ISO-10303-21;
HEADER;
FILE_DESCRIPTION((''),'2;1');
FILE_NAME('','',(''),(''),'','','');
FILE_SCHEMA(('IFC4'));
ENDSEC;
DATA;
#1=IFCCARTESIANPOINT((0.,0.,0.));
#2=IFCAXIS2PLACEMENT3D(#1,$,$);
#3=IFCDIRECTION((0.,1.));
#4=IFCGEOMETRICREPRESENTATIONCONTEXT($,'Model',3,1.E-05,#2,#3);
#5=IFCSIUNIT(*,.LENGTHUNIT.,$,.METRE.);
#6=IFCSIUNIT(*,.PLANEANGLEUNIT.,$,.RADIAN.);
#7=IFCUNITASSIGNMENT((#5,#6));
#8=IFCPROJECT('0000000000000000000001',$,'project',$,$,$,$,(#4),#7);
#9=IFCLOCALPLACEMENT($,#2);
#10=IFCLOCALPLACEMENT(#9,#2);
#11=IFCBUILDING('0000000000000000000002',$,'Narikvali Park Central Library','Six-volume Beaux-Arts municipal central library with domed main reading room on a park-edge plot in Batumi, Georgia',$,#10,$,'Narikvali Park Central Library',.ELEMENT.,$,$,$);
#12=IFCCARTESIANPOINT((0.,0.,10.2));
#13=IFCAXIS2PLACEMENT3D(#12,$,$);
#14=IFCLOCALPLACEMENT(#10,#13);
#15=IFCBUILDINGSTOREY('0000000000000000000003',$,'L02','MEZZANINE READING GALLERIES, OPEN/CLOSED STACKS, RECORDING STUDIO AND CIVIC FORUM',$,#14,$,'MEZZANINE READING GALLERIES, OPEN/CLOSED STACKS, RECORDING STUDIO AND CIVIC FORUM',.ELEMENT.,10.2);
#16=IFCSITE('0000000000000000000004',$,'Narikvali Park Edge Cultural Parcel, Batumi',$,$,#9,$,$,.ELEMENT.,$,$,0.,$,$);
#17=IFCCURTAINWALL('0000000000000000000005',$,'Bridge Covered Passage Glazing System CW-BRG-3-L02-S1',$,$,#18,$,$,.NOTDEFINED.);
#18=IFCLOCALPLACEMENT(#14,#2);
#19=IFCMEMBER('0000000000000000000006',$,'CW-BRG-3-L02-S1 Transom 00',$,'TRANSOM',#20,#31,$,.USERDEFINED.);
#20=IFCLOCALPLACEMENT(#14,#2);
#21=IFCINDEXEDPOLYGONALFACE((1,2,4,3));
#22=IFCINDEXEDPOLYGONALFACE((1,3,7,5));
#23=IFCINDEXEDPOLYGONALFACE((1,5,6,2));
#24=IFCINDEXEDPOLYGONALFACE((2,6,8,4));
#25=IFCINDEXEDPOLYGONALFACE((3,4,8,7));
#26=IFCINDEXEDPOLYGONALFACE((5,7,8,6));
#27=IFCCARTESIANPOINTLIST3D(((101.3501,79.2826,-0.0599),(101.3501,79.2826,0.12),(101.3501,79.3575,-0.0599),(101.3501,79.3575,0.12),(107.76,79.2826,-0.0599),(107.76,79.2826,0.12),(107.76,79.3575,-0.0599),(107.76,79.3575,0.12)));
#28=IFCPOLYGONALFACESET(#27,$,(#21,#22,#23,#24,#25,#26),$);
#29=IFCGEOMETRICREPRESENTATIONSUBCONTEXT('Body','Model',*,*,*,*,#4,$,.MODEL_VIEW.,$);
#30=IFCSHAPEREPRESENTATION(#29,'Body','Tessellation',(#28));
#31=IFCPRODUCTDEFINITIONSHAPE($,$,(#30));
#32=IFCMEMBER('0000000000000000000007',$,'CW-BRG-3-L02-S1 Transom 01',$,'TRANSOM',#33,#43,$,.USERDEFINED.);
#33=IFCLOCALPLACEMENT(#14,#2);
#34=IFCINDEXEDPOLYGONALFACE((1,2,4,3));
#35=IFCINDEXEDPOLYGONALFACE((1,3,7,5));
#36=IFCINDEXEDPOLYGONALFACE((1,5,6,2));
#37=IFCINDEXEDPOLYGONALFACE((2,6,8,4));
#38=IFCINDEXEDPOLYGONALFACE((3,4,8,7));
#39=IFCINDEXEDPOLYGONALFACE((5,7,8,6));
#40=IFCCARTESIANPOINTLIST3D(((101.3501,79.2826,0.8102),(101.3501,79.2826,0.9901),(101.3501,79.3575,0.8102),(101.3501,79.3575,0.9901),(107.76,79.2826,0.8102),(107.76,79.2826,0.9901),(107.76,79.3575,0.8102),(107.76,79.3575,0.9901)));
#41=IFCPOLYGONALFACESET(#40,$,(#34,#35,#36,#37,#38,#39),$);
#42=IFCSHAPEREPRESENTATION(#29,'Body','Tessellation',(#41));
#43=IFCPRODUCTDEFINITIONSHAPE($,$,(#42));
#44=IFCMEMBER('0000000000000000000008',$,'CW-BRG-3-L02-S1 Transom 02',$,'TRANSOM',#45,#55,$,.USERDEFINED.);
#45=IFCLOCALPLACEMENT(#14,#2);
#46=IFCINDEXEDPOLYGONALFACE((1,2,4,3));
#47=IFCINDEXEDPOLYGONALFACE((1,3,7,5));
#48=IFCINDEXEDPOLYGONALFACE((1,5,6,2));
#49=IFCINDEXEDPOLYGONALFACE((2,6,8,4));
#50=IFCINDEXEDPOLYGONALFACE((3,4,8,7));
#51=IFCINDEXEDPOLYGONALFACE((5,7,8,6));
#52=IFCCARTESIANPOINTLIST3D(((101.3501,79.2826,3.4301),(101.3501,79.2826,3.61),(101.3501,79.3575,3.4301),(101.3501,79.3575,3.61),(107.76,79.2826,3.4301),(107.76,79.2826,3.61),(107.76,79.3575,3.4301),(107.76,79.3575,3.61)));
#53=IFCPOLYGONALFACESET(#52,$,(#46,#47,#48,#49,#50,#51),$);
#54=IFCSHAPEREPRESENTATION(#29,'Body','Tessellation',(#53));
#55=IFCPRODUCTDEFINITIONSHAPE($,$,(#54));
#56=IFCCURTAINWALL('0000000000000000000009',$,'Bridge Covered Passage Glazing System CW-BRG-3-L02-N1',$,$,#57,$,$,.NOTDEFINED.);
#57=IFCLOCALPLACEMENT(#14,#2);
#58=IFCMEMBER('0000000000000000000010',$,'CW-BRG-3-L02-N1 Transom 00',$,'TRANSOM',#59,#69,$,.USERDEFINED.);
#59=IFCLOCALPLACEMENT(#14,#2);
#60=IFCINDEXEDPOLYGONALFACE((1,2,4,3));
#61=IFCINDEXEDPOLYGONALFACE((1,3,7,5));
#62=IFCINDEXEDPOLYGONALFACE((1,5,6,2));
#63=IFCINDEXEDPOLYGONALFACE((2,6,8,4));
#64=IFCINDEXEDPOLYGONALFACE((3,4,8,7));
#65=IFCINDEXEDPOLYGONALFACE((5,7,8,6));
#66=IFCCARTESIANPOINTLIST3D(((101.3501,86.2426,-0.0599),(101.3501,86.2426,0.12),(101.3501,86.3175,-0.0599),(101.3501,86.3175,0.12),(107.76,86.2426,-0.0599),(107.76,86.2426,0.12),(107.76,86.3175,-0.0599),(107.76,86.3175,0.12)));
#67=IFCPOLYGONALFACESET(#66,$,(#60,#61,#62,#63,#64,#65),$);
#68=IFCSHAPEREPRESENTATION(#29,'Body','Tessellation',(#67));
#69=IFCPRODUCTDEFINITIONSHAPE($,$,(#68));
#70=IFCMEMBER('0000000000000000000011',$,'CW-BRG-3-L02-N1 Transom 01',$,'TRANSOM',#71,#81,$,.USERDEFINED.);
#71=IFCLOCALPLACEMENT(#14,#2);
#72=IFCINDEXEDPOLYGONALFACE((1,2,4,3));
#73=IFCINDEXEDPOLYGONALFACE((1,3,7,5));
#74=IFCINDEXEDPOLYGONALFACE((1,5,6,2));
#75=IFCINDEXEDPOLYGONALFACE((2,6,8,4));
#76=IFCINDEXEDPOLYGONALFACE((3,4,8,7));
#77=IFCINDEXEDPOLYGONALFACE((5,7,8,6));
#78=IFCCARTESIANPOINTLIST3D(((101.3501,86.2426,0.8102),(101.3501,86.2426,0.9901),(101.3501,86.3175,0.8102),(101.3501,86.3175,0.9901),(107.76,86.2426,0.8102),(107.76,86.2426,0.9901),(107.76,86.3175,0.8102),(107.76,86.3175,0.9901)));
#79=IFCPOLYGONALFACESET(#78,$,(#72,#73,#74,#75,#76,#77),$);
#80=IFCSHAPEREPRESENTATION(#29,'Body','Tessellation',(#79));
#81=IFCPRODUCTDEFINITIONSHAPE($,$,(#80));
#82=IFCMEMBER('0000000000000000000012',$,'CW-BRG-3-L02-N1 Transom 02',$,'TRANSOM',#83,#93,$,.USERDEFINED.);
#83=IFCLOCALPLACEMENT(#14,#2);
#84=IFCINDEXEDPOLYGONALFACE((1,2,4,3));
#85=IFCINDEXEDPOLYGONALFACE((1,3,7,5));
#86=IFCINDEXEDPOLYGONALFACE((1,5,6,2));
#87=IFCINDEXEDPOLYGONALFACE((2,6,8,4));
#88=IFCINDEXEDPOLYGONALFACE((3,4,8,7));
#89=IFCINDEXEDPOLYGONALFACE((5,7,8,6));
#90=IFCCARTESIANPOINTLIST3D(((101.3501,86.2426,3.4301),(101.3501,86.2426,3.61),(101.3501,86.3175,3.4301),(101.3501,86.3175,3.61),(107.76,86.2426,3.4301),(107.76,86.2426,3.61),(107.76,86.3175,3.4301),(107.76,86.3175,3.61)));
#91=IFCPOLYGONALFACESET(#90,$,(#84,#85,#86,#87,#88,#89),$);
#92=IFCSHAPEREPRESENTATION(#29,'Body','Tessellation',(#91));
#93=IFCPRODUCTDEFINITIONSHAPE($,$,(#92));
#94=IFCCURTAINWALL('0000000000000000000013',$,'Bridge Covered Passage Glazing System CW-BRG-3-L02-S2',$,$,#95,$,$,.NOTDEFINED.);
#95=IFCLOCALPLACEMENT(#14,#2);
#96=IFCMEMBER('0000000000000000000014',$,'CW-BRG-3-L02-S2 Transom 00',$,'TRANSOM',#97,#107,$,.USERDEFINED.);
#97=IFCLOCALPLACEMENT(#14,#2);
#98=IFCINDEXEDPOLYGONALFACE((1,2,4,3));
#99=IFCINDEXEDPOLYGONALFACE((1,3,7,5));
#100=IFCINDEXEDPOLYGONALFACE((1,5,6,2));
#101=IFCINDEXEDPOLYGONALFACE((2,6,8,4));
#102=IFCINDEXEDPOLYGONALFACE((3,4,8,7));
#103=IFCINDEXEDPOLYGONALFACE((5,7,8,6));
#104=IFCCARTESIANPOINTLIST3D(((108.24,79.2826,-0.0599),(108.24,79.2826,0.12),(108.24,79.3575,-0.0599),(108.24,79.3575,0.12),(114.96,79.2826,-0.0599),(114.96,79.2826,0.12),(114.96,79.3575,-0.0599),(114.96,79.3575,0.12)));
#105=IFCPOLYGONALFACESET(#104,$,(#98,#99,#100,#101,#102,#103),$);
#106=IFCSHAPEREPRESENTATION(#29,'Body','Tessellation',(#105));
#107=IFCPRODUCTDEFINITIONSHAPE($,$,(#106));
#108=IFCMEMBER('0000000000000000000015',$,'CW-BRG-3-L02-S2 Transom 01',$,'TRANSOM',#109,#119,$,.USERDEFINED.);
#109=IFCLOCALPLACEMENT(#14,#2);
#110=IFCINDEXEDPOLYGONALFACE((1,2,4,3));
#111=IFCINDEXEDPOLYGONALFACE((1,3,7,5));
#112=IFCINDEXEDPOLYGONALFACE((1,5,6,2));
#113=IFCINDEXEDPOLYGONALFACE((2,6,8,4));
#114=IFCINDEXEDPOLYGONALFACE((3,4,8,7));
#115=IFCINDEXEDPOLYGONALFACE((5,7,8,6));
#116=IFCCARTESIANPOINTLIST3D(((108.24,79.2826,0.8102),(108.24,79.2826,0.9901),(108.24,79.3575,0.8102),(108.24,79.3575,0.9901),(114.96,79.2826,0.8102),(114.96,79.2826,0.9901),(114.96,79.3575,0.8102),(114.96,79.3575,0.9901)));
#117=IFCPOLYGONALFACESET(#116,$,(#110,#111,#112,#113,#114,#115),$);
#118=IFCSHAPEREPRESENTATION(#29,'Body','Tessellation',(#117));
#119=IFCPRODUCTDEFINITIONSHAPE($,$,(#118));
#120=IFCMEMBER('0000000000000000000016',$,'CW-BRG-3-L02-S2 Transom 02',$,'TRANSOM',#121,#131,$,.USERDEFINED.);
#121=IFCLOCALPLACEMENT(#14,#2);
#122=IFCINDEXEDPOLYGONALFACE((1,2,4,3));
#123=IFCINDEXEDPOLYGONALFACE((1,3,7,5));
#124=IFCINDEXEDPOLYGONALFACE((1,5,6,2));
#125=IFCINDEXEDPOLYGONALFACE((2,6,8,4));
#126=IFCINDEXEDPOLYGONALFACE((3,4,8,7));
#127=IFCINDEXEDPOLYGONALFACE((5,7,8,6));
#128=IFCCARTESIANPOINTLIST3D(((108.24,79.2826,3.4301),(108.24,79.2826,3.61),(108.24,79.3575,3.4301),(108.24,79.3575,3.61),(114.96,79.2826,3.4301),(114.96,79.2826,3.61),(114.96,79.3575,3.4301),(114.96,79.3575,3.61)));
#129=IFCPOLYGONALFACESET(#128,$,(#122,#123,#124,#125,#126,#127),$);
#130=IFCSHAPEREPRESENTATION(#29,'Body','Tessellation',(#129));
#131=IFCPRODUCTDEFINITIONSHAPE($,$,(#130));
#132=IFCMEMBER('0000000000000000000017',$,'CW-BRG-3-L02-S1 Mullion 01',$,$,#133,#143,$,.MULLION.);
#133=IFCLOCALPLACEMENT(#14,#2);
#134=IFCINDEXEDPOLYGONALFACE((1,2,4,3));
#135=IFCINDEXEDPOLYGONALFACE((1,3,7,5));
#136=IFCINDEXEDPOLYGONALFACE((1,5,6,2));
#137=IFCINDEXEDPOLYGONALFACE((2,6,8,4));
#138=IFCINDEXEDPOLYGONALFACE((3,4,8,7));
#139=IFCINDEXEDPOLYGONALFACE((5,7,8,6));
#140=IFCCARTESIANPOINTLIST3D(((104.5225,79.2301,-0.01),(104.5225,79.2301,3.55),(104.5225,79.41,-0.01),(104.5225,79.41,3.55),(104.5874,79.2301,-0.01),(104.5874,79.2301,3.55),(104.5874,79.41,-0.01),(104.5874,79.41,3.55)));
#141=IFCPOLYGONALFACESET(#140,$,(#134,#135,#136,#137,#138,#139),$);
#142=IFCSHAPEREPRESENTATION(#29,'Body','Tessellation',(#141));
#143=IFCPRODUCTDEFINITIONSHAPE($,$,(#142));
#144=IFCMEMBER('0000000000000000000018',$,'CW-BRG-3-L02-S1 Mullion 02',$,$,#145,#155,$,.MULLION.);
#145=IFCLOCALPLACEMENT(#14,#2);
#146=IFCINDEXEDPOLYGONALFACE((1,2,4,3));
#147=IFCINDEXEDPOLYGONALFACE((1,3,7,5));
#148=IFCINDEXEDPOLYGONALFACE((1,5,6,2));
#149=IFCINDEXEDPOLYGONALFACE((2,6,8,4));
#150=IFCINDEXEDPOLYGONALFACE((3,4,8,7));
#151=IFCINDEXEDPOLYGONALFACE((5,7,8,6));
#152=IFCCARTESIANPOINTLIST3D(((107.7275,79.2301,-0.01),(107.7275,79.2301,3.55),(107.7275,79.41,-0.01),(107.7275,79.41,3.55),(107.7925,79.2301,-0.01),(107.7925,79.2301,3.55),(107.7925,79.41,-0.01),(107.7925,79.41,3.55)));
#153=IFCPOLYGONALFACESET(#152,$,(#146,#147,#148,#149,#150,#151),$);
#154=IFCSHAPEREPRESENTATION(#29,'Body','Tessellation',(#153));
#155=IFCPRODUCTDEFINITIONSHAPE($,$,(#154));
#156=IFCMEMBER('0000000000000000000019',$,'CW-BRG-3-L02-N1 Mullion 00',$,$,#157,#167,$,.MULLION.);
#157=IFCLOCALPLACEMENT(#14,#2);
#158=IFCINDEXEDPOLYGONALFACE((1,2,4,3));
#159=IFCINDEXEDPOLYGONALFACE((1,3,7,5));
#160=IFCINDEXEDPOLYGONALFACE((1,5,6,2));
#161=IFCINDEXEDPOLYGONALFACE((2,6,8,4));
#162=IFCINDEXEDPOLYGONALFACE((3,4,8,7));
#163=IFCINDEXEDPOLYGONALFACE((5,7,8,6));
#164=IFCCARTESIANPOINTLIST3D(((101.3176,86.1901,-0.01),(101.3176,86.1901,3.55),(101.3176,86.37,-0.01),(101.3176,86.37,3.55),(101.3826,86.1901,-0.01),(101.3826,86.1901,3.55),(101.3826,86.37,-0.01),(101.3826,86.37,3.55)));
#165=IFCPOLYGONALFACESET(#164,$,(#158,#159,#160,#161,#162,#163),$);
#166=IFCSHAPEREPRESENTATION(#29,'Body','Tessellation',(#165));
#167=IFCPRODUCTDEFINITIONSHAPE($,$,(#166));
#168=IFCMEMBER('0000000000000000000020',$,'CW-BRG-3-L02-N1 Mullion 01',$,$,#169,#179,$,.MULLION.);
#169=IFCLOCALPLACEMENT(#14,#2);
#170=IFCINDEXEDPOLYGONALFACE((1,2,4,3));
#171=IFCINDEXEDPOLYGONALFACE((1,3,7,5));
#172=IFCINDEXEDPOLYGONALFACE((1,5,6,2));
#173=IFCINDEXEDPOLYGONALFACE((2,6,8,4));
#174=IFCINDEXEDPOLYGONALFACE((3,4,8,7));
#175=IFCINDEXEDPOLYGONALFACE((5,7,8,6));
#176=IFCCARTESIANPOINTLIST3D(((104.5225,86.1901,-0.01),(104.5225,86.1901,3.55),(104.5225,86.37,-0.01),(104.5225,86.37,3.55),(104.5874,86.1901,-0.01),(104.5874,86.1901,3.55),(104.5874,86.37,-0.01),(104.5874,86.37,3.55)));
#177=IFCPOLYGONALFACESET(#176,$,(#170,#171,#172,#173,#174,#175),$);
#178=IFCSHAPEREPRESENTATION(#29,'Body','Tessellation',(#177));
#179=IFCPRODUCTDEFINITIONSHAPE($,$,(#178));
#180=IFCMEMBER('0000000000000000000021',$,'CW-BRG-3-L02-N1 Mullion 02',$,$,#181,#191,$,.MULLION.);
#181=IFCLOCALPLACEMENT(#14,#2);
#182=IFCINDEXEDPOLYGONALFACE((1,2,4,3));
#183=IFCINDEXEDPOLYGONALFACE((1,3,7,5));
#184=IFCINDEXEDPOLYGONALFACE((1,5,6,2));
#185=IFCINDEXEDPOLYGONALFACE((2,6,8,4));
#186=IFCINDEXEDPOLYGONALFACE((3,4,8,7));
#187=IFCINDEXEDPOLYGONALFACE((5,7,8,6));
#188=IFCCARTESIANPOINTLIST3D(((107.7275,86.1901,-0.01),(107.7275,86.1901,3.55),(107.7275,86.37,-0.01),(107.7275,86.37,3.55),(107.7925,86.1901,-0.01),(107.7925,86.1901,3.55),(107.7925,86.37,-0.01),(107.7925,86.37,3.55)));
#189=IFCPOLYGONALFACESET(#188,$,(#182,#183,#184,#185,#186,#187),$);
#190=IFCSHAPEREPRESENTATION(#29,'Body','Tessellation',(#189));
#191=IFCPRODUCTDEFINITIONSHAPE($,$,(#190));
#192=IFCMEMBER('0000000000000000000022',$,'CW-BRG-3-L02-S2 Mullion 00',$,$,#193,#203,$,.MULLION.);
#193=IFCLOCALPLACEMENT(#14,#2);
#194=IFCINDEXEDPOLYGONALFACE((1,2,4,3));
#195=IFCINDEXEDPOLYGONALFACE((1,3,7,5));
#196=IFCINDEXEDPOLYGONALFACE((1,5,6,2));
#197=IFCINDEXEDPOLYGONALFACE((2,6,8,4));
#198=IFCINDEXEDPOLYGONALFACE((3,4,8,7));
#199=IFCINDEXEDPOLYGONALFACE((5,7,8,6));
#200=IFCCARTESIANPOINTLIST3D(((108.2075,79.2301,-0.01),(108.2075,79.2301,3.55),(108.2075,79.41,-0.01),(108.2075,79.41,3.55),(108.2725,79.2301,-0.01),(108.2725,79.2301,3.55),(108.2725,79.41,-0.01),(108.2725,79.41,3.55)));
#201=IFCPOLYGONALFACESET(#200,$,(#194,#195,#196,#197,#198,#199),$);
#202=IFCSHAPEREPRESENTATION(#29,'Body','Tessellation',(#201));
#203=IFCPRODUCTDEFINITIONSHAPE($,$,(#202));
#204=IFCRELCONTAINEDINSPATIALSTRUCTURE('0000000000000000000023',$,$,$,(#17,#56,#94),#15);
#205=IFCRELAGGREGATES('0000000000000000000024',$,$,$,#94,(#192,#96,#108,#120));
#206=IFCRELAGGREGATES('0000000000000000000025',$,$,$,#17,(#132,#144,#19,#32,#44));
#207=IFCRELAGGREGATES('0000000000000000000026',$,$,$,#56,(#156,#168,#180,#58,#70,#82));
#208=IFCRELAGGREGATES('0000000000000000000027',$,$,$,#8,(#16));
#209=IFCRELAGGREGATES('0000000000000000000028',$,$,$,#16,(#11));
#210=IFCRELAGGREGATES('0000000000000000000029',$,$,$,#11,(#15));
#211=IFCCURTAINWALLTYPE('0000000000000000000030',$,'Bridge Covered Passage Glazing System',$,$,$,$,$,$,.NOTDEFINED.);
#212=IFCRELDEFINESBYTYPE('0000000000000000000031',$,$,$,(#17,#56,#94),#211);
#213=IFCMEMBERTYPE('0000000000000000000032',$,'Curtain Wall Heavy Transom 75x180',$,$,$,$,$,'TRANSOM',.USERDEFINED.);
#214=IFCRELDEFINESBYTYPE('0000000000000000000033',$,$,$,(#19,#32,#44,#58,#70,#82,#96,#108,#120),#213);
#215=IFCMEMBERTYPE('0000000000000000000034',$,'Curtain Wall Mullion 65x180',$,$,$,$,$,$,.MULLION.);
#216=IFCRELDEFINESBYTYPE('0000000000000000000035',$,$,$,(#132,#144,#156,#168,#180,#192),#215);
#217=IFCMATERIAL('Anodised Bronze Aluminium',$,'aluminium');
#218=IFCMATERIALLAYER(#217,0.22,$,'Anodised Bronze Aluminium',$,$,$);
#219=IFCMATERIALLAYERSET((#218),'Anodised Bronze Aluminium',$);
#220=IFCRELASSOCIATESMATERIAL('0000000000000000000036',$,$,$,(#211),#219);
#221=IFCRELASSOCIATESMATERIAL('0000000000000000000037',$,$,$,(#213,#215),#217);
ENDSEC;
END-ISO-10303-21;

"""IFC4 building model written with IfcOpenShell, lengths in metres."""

from ifc_helpers import new_model, si_unit, direction, frame, origin, origin_2d, place, context, subcontext, project, spatial, rectangle, extrude, material, layer, layer_set, material_profile, profile_set, type_object, element, aggregate, save


model = new_model("IFC4")

# Units and contexts
model_context = context("Model", 3, precision=1e-05, world=origin(), true_north=direction((0.0, 1.0)))
body_context = subcontext(model_context, "Body", "Model", "MODEL_VIEW")
ifc_project = project(units=[si_unit("LENGTHUNIT", "METRE"), si_unit("PLANEANGLEUNIT", "RADIAN")], contexts=[model_context])

# Site, building, storey
site_placement = place(None, origin())
site = spatial("IfcSite", under=ifc_project, at=site_placement, Name="Narikvali Park Edge Cultural Parcel, Batumi", CompositionType="ELEMENT", RefElevation=0.0)
building_placement = place(site_placement, origin())
building = spatial("IfcBuilding", under=site, at=building_placement, Name="Narikvali Park Central Library", Description="Six-volume Beaux-Arts municipal central library with domed main reading room on a park-edge plot in Batumi, Georgia", LongName="Narikvali Park Central Library", CompositionType="ELEMENT")
storey_placement = place(building_placement, frame((0.0, 0.0, 10.2)))
storey = spatial("IfcBuildingStorey", under=building, at=storey_placement, Name="L02", Description="MEZZANINE READING GALLERIES, OPEN/CLOSED STACKS, RECORDING STUDIO AND CIVIC FORUM", LongName="MEZZANINE READING GALLERIES, OPEN/CLOSED STACKS, RECORDING STUDIO AND CIVIC FORUM", CompositionType="ELEMENT", Elevation=10.2)

# Curtain walls, members
ifc_material_1 = material(Name="Anodised Bronze Aluminium", Category="aluminium")
ifc_layer_1 = layer(ifc_material_1, 0.22, Name="Anodised Bronze Aluminium")
ifc_layer_set_1 = layer_set([ifc_layer_1], Name="Anodised Bronze Aluminium")
curtain_wall_type = type_object("IfcCurtainWallType", Name="Bridge Covered Passage Glazing System", PredefinedType="NOTDEFINED", material=ifc_layer_set_1)
curtain_wall_1_placement = place(storey_placement, origin())
curtain_wall_1 = element("IfcCurtainWall", 1, at=curtain_wall_1_placement, inside=storey, type_object=curtain_wall_type, Name="Bridge Covered Passage Glazing System CW-BRG-3-L02-S1", PredefinedType="NOTDEFINED")
ifc_material_profile_1 = material_profile(ifc_material_1, rectangle(XDim=0.075, YDim=0.1799, at=origin_2d()), Name="CW TRANSOM 75x180")
ifc_profile_set_1 = profile_set([ifc_material_profile_1], Name="Anodised Bronze Aluminium")
member_type_1 = type_object("IfcMemberType", Name="Curtain Wall Heavy Transom 75x180", ElementType="TRANSOM", PredefinedType="USERDEFINED", material=ifc_profile_set_1)
member_1_placement = place(storey_placement, frame((101.3501, 79.3201, 0.03), z_axis=(1.0, 0.0, 0.0), x_axis=(0.0, 1.0, 0.0)))
member_1 = element("IfcMember", 2, at=member_1_placement, type_object=member_type_1, Name="CW-BRG-3-L02-S1 Transom 00", ObjectType="TRANSOM", PredefinedType="USERDEFINED", context=body_context, shape_type="SweptSolid", body=[
    extrude(rectangle(XDim=0.075, YDim=0.1799, at=origin_2d()), origin(), (0.0, 0.0, 1.0), 6.4099),
])
member_2_placement = place(storey_placement, frame((101.3501, 79.3201, 0.9001), z_axis=(1.0, 0.0, 0.0), x_axis=(0.0, 1.0, 0.0)))
member_2 = element("IfcMember", 3, at=member_2_placement, type_object=member_type_1, Name="CW-BRG-3-L02-S1 Transom 01", ObjectType="TRANSOM", PredefinedType="USERDEFINED", context=body_context, shape_type="SweptSolid", body=[
    extrude(rectangle(XDim=0.075, YDim=0.1799, at=origin_2d()), origin(), (0.0, 0.0, 1.0), 6.4099),
])
member_3_placement = place(storey_placement, frame((101.3501, 79.3201, 3.52), z_axis=(1.0, 0.0, 0.0), x_axis=(0.0, 1.0, 0.0)))
member_3 = element("IfcMember", 4, at=member_3_placement, type_object=member_type_1, Name="CW-BRG-3-L02-S1 Transom 02", ObjectType="TRANSOM", PredefinedType="USERDEFINED", context=body_context, shape_type="SweptSolid", body=[
    extrude(rectangle(XDim=0.075, YDim=0.1799, at=origin_2d()), origin(), (0.0, 0.0, 1.0), 6.4099),
])
curtain_wall_2_placement = place(storey_placement, origin())
curtain_wall_2 = element("IfcCurtainWall", 5, at=curtain_wall_2_placement, inside=storey, type_object=curtain_wall_type, Name="Bridge Covered Passage Glazing System CW-BRG-3-L02-N1", PredefinedType="NOTDEFINED")
member_4_placement = place(storey_placement, frame((101.3501, 86.28, 0.03), z_axis=(1.0, 0.0, 0.0), x_axis=(0.0, 1.0, 0.0)))
member_4 = element("IfcMember", 6, at=member_4_placement, type_object=member_type_1, Name="CW-BRG-3-L02-N1 Transom 00", ObjectType="TRANSOM", PredefinedType="USERDEFINED", context=body_context, shape_type="SweptSolid", body=[
    extrude(rectangle(XDim=0.075, YDim=0.1799, at=origin_2d()), origin(), (0.0, 0.0, 1.0), 6.4099),
])
member_5_placement = place(storey_placement, frame((101.3501, 86.28, 0.9001), z_axis=(1.0, 0.0, 0.0), x_axis=(0.0, 1.0, 0.0)))
member_5 = element("IfcMember", 7, at=member_5_placement, type_object=member_type_1, Name="CW-BRG-3-L02-N1 Transom 01", ObjectType="TRANSOM", PredefinedType="USERDEFINED", context=body_context, shape_type="SweptSolid", body=[
    extrude(rectangle(XDim=0.075, YDim=0.1799, at=origin_2d()), origin(), (0.0, 0.0, 1.0), 6.4099),
])
member_6_placement = place(storey_placement, frame((101.3501, 86.28, 3.52), z_axis=(1.0, 0.0, 0.0), x_axis=(0.0, 1.0, 0.0)))
member_6 = element("IfcMember", 8, at=member_6_placement, type_object=member_type_1, Name="CW-BRG-3-L02-N1 Transom 02", ObjectType="TRANSOM", PredefinedType="USERDEFINED", context=body_context, shape_type="SweptSolid", body=[
    extrude(rectangle(XDim=0.075, YDim=0.1799, at=origin_2d()), origin(), (0.0, 0.0, 1.0), 6.4099),
])
curtain_wall_3_placement = place(storey_placement, origin())
curtain_wall_3 = element("IfcCurtainWall", 9, at=curtain_wall_3_placement, inside=storey, type_object=curtain_wall_type, Name="Bridge Covered Passage Glazing System CW-BRG-3-L02-S2", PredefinedType="NOTDEFINED")
member_7_placement = place(storey_placement, frame((108.24, 79.3201, 0.03), z_axis=(1.0, 0.0, 0.0), x_axis=(0.0, 1.0, 0.0)))
member_7 = element("IfcMember", 10, at=member_7_placement, type_object=member_type_1, Name="CW-BRG-3-L02-S2 Transom 00", ObjectType="TRANSOM", PredefinedType="USERDEFINED", context=body_context, shape_type="SweptSolid", body=[
    extrude(rectangle(XDim=0.075, YDim=0.1799, at=origin_2d()), origin(), (0.0, 0.0, 1.0), 6.72),
])
member_8_placement = place(storey_placement, frame((108.24, 79.3201, 0.9001), z_axis=(1.0, 0.0, 0.0), x_axis=(0.0, 1.0, 0.0)))
member_8 = element("IfcMember", 11, at=member_8_placement, type_object=member_type_1, Name="CW-BRG-3-L02-S2 Transom 01", ObjectType="TRANSOM", PredefinedType="USERDEFINED", context=body_context, shape_type="SweptSolid", body=[
    extrude(rectangle(XDim=0.075, YDim=0.1799, at=origin_2d()), origin(), (0.0, 0.0, 1.0), 6.72),
])
member_9_placement = place(storey_placement, frame((108.24, 79.3201, 3.52), z_axis=(1.0, 0.0, 0.0), x_axis=(0.0, 1.0, 0.0)))
member_9 = element("IfcMember", 12, at=member_9_placement, type_object=member_type_1, Name="CW-BRG-3-L02-S2 Transom 02", ObjectType="TRANSOM", PredefinedType="USERDEFINED", context=body_context, shape_type="SweptSolid", body=[
    extrude(rectangle(XDim=0.075, YDim=0.1799, at=origin_2d()), origin(), (0.0, 0.0, 1.0), 6.72),
])

# Members
ifc_material_profile_2 = material_profile(ifc_material_1, rectangle(XDim=0.0649, YDim=0.1799, at=origin_2d()), Name="CW MULLION 65x180")
ifc_profile_set_2 = profile_set([ifc_material_profile_2], Name="Anodised Bronze Aluminium")
member_type_2 = type_object("IfcMemberType", Name="Curtain Wall Mullion 65x180", PredefinedType="MULLION", material=ifc_profile_set_2)
member_10_placement = place(storey_placement, frame((104.5549, 79.3201, -0.01), z_axis=(0.0, 0.0, 1.0), x_axis=(1.0, 0.0, 0.0)))
member_10 = element("IfcMember", 13, at=member_10_placement, type_object=member_type_2, Name="CW-BRG-3-L02-S1 Mullion 01", PredefinedType="MULLION", context=body_context, shape_type="SweptSolid", body=[
    extrude(rectangle(XDim=0.0649, YDim=0.1799, at=origin_2d()), origin(), (0.0, 0.0, 1.0), 3.5601),
])
member_11_placement = place(storey_placement, frame((107.76, 79.3201, -0.01), z_axis=(0.0, 0.0, 1.0), x_axis=(1.0, 0.0, 0.0)))
member_11 = element("IfcMember", 14, at=member_11_placement, type_object=member_type_2, Name="CW-BRG-3-L02-S1 Mullion 02", PredefinedType="MULLION", context=body_context, shape_type="SweptSolid", body=[
    extrude(rectangle(XDim=0.0649, YDim=0.1799, at=origin_2d()), origin(), (0.0, 0.0, 1.0), 3.5601),
])
member_12_placement = place(storey_placement, frame((101.3501, 86.28, -0.01), z_axis=(0.0, 0.0, 1.0), x_axis=(1.0, 0.0, 0.0)))
member_12 = element("IfcMember", 15, at=member_12_placement, type_object=member_type_2, Name="CW-BRG-3-L02-N1 Mullion 00", PredefinedType="MULLION", context=body_context, shape_type="SweptSolid", body=[
    extrude(rectangle(XDim=0.0649, YDim=0.1799, at=origin_2d()), origin(), (0.0, 0.0, 1.0), 3.5601),
])
member_13_placement = place(storey_placement, frame((104.5549, 86.28, -0.01), z_axis=(0.0, 0.0, 1.0), x_axis=(1.0, 0.0, 0.0)))
member_13 = element("IfcMember", 16, at=member_13_placement, type_object=member_type_2, Name="CW-BRG-3-L02-N1 Mullion 01", PredefinedType="MULLION", context=body_context, shape_type="SweptSolid", body=[
    extrude(rectangle(XDim=0.0649, YDim=0.1799, at=origin_2d()), origin(), (0.0, 0.0, 1.0), 3.5601),
])
member_14_placement = place(storey_placement, frame((107.76, 86.28, -0.01), z_axis=(0.0, 0.0, 1.0), x_axis=(1.0, 0.0, 0.0)))
member_14 = element("IfcMember", 17, at=member_14_placement, type_object=member_type_2, Name="CW-BRG-3-L02-N1 Mullion 02", PredefinedType="MULLION", context=body_context, shape_type="SweptSolid", body=[
    extrude(rectangle(XDim=0.0649, YDim=0.1799, at=origin_2d()), origin(), (0.0, 0.0, 1.0), 3.5601),
])
member_15_placement = place(storey_placement, frame((108.24, 79.3201, -0.01), z_axis=(0.0, 0.0, 1.0), x_axis=(1.0, 0.0, 0.0)))
member_15 = element("IfcMember", 18, at=member_15_placement, type_object=member_type_2, Name="CW-BRG-3-L02-S2 Mullion 00", PredefinedType="MULLION", context=body_context, shape_type="SweptSolid", body=[
    extrude(rectangle(XDim=0.0649, YDim=0.1799, at=origin_2d()), origin(), (0.0, 0.0, 1.0), 3.5601),
])
aggregate(curtain_wall_3, [member_15, member_7, member_8, member_9])

aggregate(curtain_wall_1, [member_10, member_11, member_1, member_2, member_3])
aggregate(curtain_wall_2, [member_12, member_13, member_14, member_4, member_5, member_6])

save(model, "model.ifc")
